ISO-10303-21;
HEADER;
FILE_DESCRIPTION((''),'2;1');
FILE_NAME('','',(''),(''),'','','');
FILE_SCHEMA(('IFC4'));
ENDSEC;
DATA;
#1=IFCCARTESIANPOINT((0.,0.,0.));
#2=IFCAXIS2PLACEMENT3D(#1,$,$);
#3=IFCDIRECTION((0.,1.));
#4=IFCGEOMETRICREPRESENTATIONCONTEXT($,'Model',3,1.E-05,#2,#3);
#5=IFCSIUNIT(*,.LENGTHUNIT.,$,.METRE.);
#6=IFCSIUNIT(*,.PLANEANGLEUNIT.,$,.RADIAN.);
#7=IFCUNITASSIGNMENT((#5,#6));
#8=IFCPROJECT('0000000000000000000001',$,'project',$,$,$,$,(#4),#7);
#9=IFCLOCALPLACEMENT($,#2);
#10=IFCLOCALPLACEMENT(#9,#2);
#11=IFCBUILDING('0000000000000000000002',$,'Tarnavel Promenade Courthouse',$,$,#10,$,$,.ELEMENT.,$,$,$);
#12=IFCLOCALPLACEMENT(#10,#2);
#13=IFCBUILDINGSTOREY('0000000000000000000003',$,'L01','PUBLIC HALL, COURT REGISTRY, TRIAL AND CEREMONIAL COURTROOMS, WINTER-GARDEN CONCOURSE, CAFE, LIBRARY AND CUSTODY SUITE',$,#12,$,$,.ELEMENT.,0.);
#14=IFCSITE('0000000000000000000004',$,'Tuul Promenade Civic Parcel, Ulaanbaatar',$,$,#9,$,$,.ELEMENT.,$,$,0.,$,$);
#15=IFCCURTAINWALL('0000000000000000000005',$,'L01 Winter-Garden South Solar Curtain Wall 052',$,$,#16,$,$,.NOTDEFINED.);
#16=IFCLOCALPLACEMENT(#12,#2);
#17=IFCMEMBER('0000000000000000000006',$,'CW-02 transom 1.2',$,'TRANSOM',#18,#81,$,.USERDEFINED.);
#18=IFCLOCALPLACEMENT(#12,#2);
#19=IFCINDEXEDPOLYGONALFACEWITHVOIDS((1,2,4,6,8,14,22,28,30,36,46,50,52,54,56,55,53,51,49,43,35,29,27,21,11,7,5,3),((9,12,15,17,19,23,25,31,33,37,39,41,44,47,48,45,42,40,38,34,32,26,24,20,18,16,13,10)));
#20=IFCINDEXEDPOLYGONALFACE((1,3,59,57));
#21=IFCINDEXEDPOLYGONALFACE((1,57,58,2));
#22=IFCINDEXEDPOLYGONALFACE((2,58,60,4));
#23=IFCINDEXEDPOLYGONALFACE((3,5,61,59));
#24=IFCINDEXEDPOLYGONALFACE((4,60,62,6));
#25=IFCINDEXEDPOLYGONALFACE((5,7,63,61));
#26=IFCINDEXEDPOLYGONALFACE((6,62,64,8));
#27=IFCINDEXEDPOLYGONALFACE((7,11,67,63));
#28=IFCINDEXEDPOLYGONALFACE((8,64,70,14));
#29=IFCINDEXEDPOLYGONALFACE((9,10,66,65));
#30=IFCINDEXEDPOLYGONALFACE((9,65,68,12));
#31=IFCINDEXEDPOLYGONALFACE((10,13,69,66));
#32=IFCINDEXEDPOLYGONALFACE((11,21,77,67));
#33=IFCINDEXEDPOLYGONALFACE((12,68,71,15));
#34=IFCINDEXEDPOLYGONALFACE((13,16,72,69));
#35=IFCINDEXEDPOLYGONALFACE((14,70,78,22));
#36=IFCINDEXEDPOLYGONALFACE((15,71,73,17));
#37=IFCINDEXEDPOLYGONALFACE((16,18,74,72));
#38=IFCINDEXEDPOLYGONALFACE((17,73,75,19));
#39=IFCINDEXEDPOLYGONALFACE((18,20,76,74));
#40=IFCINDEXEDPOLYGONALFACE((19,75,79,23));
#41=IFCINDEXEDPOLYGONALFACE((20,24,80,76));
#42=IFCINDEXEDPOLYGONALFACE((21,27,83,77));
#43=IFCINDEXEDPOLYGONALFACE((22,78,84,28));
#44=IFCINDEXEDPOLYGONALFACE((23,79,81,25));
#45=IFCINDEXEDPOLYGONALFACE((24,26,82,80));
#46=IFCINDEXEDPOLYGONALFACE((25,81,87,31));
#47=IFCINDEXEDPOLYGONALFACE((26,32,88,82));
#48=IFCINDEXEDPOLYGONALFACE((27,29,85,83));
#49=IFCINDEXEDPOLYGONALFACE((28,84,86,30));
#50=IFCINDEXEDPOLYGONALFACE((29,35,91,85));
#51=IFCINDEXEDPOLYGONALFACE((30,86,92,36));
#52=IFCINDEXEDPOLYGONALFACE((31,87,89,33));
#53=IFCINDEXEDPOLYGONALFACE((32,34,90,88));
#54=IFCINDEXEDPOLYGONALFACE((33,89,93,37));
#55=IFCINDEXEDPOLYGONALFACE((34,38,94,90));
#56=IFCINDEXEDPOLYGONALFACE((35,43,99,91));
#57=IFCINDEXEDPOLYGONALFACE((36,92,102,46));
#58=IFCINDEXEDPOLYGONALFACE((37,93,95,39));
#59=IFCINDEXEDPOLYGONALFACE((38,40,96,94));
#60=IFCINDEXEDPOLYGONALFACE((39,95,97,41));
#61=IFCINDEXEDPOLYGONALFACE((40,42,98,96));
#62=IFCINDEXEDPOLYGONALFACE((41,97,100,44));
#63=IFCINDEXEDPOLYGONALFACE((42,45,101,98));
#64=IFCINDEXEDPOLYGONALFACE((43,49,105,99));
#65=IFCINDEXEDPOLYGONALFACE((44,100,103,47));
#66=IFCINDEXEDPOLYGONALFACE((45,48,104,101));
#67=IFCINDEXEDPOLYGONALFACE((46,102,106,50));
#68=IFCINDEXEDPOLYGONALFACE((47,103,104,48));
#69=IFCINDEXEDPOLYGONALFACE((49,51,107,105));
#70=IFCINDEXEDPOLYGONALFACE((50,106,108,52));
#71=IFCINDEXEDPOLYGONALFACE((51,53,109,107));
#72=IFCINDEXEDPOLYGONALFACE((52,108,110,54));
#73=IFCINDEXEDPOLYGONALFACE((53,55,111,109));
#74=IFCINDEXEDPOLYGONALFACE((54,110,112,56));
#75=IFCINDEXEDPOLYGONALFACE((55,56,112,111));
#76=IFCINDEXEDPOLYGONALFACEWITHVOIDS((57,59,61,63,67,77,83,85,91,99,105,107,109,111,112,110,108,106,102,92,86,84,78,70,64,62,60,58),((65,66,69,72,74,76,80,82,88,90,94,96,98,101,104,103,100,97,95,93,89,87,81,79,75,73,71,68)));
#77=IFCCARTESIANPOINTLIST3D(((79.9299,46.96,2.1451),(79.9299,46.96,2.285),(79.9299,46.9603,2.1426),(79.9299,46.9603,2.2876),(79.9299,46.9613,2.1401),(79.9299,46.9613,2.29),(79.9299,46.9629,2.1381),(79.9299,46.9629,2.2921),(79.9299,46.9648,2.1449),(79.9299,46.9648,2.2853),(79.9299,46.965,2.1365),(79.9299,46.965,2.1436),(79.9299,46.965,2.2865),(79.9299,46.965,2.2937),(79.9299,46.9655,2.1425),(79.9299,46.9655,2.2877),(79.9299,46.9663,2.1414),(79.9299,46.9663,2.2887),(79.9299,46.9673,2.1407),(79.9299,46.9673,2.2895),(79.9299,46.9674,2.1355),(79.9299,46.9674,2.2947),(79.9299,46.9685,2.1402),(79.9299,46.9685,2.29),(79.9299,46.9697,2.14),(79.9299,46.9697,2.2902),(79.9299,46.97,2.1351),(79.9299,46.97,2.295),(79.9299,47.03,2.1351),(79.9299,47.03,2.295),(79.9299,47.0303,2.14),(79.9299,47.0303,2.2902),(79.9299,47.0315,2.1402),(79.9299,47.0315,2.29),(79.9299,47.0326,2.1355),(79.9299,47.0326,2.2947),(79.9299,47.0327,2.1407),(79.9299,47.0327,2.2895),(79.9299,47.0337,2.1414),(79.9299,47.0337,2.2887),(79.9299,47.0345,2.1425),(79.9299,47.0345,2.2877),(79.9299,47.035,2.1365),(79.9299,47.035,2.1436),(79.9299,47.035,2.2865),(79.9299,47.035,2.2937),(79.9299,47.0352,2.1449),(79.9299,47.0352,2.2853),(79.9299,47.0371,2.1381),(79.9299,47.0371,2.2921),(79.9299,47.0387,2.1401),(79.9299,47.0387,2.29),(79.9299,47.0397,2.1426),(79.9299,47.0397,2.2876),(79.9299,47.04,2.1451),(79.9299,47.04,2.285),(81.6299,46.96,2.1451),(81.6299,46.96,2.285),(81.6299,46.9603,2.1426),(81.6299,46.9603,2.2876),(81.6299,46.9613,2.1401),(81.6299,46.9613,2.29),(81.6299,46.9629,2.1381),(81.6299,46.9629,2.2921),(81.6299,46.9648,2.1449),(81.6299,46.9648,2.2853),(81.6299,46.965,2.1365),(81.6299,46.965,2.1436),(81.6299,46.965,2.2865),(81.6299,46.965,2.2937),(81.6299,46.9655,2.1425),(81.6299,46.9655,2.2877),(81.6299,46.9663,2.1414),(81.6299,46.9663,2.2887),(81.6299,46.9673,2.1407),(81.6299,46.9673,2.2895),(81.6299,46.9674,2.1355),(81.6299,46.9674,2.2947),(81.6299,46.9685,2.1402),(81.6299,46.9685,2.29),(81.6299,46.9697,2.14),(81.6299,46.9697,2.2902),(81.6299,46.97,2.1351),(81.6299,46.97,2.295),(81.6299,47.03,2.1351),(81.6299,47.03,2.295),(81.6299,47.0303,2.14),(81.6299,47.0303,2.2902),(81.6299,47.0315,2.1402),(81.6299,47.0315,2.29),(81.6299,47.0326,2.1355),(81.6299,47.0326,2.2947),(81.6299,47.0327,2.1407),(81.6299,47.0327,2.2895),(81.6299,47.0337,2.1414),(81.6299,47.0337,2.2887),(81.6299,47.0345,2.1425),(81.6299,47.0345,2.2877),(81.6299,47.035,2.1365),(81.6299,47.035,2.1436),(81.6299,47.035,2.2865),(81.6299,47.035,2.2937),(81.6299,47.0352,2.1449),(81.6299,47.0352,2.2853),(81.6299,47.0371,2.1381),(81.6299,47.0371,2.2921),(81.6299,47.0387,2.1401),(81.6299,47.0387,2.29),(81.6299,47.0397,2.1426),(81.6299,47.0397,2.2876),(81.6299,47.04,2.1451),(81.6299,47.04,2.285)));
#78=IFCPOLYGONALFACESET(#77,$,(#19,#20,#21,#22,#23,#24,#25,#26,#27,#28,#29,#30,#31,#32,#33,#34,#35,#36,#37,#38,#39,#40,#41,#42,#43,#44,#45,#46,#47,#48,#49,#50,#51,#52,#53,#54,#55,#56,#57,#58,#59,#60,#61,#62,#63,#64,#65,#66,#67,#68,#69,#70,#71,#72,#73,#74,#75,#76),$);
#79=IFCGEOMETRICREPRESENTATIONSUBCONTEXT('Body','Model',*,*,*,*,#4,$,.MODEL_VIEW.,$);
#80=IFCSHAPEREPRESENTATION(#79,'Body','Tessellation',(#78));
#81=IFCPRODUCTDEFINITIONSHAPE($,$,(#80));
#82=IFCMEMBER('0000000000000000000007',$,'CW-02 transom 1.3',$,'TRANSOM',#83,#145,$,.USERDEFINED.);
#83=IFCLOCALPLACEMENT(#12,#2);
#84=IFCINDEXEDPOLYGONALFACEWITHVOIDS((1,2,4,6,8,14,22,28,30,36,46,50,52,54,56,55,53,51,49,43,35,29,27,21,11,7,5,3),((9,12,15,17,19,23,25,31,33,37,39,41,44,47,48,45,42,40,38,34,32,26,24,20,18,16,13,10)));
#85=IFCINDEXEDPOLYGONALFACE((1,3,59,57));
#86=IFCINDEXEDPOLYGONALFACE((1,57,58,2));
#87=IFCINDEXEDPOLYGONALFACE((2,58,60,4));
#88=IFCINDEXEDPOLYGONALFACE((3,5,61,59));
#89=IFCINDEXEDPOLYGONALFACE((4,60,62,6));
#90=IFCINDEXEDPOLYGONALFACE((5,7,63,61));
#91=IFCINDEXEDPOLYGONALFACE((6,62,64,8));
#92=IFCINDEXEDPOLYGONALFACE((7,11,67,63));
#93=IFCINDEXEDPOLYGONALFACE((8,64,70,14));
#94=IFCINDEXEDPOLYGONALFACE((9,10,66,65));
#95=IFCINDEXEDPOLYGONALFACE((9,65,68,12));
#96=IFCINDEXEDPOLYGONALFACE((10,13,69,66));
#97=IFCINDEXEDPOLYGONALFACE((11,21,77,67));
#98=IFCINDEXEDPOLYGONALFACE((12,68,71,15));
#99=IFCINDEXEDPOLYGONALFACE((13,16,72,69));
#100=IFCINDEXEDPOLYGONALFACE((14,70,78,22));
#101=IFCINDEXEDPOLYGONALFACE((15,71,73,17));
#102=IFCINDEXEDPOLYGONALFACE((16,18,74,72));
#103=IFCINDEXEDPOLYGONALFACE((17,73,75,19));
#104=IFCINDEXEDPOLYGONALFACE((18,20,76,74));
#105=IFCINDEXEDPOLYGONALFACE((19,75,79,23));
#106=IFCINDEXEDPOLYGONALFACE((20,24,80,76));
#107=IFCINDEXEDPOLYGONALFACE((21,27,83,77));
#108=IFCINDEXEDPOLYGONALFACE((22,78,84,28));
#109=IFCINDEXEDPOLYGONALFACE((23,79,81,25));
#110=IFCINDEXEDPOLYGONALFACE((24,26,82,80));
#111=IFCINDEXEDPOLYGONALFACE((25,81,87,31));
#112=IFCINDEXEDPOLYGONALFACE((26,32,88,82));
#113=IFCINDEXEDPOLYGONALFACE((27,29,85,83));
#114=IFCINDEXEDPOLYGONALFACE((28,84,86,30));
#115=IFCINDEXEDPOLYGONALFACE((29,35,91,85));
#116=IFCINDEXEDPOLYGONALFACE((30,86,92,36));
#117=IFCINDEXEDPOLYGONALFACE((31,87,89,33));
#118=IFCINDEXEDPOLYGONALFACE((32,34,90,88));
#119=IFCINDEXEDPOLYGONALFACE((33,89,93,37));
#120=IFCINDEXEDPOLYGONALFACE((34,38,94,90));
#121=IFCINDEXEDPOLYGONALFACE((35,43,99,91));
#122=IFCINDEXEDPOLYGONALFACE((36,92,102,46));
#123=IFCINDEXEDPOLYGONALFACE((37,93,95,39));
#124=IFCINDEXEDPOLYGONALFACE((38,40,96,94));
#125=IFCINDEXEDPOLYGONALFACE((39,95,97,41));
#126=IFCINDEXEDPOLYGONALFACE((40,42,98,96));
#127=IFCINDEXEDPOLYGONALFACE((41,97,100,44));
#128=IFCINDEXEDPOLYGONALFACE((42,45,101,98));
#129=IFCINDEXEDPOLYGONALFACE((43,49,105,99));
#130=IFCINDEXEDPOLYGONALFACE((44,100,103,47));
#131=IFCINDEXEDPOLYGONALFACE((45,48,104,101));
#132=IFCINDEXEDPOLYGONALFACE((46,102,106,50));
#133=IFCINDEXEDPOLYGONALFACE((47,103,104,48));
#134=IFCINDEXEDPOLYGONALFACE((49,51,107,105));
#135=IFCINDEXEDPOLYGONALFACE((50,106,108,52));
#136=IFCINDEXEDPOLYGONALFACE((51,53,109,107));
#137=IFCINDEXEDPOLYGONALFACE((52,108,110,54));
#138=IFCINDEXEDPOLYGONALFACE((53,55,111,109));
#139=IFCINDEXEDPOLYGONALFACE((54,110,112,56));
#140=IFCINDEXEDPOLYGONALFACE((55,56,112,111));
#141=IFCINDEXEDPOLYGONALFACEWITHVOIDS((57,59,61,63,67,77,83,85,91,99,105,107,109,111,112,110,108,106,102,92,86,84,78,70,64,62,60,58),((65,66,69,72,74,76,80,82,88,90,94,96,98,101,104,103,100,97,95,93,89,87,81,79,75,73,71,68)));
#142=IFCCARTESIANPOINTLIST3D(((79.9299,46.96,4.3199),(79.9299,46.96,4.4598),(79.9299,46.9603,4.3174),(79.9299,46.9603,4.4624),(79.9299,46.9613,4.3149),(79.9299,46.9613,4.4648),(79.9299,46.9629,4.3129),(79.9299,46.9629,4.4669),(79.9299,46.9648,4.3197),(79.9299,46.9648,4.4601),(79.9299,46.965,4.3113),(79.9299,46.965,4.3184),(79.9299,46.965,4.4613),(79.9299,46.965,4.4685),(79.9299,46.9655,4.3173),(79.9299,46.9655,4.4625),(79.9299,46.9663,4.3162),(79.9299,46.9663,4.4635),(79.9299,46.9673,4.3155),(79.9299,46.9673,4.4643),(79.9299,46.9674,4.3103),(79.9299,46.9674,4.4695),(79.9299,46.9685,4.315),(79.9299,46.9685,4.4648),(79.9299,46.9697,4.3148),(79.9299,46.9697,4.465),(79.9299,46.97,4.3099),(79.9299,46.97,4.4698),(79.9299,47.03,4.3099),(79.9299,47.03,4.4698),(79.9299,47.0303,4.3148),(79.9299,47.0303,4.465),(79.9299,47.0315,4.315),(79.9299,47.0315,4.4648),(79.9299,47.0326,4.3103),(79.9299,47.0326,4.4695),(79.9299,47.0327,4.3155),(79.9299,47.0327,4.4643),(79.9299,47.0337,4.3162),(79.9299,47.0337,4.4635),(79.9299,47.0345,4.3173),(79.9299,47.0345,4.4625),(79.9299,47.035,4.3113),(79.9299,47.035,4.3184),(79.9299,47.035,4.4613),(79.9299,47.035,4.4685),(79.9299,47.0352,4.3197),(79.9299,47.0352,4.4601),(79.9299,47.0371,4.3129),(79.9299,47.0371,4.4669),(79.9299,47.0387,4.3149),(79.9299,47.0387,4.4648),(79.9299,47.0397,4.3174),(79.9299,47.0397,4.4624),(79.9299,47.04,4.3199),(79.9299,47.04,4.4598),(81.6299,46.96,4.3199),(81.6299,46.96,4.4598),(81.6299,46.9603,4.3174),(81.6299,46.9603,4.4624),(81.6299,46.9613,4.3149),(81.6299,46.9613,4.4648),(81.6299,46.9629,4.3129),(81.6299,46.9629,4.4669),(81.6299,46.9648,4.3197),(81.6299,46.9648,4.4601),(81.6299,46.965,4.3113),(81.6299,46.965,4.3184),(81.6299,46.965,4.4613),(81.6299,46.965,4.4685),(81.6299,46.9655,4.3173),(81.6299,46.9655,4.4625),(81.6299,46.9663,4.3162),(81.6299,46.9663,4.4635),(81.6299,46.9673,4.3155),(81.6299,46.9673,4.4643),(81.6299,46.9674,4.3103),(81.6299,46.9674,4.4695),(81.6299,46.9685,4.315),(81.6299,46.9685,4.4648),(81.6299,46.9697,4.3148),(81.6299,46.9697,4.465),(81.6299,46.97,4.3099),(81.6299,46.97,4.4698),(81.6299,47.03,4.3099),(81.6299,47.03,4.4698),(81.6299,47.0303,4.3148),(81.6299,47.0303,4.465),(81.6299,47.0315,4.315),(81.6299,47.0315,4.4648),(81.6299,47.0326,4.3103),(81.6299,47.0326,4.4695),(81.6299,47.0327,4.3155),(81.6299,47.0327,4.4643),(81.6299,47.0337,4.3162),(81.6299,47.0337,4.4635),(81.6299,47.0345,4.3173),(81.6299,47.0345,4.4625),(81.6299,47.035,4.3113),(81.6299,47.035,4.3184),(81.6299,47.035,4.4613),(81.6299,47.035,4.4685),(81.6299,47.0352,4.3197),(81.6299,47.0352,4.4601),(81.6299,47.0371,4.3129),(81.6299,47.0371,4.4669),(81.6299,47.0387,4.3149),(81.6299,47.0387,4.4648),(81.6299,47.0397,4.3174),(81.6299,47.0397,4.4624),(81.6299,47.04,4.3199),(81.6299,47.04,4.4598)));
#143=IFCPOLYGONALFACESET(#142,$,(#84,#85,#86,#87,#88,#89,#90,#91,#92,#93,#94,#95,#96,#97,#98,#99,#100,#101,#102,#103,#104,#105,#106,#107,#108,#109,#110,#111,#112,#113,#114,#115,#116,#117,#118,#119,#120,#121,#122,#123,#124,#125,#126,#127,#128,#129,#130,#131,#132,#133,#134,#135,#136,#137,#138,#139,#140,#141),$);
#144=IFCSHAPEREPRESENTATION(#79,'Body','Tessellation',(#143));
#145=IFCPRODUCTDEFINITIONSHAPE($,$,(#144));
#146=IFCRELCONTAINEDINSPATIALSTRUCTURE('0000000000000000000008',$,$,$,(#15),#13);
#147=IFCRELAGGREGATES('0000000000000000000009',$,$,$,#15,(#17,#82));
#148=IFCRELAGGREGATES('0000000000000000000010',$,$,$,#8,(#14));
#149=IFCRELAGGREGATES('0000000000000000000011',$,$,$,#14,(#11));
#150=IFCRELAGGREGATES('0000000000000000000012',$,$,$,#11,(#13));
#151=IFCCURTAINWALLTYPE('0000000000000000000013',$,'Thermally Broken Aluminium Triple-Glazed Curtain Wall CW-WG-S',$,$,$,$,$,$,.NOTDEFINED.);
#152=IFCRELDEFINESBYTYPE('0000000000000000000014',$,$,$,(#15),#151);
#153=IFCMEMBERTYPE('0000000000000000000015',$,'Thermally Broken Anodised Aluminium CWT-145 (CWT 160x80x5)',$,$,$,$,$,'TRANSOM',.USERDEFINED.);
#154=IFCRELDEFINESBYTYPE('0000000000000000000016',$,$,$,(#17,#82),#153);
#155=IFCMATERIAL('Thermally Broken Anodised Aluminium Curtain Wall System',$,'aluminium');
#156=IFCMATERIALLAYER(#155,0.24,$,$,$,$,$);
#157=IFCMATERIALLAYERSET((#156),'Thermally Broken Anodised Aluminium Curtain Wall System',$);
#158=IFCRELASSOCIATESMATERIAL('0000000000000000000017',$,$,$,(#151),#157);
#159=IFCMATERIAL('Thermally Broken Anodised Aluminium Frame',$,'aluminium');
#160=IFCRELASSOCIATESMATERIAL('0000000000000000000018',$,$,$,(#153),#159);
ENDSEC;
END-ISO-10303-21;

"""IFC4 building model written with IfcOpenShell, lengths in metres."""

from ifc_helpers import new_model, si_unit, direction, frame, origin, origin_2d, place, context, subcontext, project, spatial, hollow_rectangle, extrude, material, layer, layer_set, material_profile, profile_set, type_object, element, aggregate, save


model = new_model("IFC4")

# Units and contexts
model_context = context("Model", 3, precision=1e-05, world=origin(), true_north=direction((0.0, 1.0)))
body_context = subcontext(model_context, "Body", "Model", "MODEL_VIEW")
ifc_project = project(units=[si_unit("LENGTHUNIT", "METRE"), si_unit("PLANEANGLEUNIT", "RADIAN")], contexts=[model_context])

# Site, building, storey
site_placement = place(None, origin())
site = spatial("IfcSite", under=ifc_project, at=site_placement, Name="Tuul Promenade Civic Parcel, Ulaanbaatar", CompositionType="ELEMENT", RefElevation=0.0)
building_placement = place(site_placement, origin())
building = spatial("IfcBuilding", under=site, at=building_placement, Name="Tarnavel Promenade Courthouse", CompositionType="ELEMENT")
storey_placement = place(building_placement, origin())
storey = spatial("IfcBuildingStorey", under=building, at=storey_placement, Name="L01", Description="PUBLIC HALL, COURT REGISTRY, TRIAL AND CEREMONIAL COURTROOMS, WINTER-GARDEN CONCOURSE, CAFE, LIBRARY AND CUSTODY SUITE", CompositionType="ELEMENT", Elevation=0.0)

# Shared definitions
ifc_material_1 = material(Name="Thermally Broken Anodised Aluminium Curtain Wall System", Category="aluminium")
ifc_layer_1 = layer(ifc_material_1, 0.24)
ifc_layer_set_1 = layer_set([ifc_layer_1], Name="Thermally Broken Anodised Aluminium Curtain Wall System")
curtain_wall_type = type_object("IfcCurtainWallType", Name="Thermally Broken Aluminium Triple-Glazed Curtain Wall CW-WG-S", PredefinedType="NOTDEFINED", material=ifc_layer_set_1)
ifc_material_2 = material(Name="Thermally Broken Anodised Aluminium Frame", Category="aluminium")

# Curtain wall
curtain_wall_1_placement = place(storey_placement, origin())
curtain_wall_1 = element("IfcCurtainWall", 1, at=curtain_wall_1_placement, inside=storey, type_object=curtain_wall_type, Name="L01 Winter-Garden South Solar Curtain Wall 052", PredefinedType="NOTDEFINED")

# Members
ifc_material_profile_1 = material_profile(ifc_material_2, hollow_rectangle(XDim=0.0801, YDim=0.1599, WallThickness=0.0049, InnerFilletRadius=0.0049, OuterFilletRadius=0.01, at=origin_2d()), Name="CWT 160x80x5")
ifc_profile_set_1 = profile_set([ifc_material_profile_1], Name="Thermally Broken Anodised Aluminium Frame")
member_type_1 = type_object("IfcMemberType", Name="Thermally Broken Anodised Aluminium CWT-145 (CWT 160x80x5)", ElementType="TRANSOM", PredefinedType="USERDEFINED", material=ifc_profile_set_1)
member_1_placement = place(storey_placement, frame((79.9299, 47.0, 2.2151), z_axis=(1.0, 0.0, 0.0), x_axis=(0.0, 1.0, 0.0)))
member_1 = element("IfcMember", 2, at=member_1_placement, type_object=member_type_1, Name="CW-02 transom 1.2", ObjectType="TRANSOM", PredefinedType="USERDEFINED", context=body_context, shape_type="SweptSolid", body=[
    extrude(hollow_rectangle(XDim=0.0801, YDim=0.1599, WallThickness=0.0049, InnerFilletRadius=0.0049, OuterFilletRadius=0.01, at=origin_2d()), origin(), (0.0, 0.0, 1.0), 1.7),
])
member_2_placement = place(storey_placement, frame((79.9299, 47.0, 4.3899), z_axis=(1.0, 0.0, 0.0), x_axis=(0.0, 1.0, 0.0)))
member_2 = element("IfcMember", 3, at=member_2_placement, type_object=member_type_1, Name="CW-02 transom 1.3", ObjectType="TRANSOM", PredefinedType="USERDEFINED", context=body_context, shape_type="SweptSolid", body=[
    extrude(hollow_rectangle(XDim=0.0801, YDim=0.1599, WallThickness=0.0049, InnerFilletRadius=0.0049, OuterFilletRadius=0.01, at=origin_2d()), origin(), (0.0, 0.0, 1.0), 1.7),
])

aggregate(curtain_wall_1, [member_1, member_2])

save(model, "model.ifc")
